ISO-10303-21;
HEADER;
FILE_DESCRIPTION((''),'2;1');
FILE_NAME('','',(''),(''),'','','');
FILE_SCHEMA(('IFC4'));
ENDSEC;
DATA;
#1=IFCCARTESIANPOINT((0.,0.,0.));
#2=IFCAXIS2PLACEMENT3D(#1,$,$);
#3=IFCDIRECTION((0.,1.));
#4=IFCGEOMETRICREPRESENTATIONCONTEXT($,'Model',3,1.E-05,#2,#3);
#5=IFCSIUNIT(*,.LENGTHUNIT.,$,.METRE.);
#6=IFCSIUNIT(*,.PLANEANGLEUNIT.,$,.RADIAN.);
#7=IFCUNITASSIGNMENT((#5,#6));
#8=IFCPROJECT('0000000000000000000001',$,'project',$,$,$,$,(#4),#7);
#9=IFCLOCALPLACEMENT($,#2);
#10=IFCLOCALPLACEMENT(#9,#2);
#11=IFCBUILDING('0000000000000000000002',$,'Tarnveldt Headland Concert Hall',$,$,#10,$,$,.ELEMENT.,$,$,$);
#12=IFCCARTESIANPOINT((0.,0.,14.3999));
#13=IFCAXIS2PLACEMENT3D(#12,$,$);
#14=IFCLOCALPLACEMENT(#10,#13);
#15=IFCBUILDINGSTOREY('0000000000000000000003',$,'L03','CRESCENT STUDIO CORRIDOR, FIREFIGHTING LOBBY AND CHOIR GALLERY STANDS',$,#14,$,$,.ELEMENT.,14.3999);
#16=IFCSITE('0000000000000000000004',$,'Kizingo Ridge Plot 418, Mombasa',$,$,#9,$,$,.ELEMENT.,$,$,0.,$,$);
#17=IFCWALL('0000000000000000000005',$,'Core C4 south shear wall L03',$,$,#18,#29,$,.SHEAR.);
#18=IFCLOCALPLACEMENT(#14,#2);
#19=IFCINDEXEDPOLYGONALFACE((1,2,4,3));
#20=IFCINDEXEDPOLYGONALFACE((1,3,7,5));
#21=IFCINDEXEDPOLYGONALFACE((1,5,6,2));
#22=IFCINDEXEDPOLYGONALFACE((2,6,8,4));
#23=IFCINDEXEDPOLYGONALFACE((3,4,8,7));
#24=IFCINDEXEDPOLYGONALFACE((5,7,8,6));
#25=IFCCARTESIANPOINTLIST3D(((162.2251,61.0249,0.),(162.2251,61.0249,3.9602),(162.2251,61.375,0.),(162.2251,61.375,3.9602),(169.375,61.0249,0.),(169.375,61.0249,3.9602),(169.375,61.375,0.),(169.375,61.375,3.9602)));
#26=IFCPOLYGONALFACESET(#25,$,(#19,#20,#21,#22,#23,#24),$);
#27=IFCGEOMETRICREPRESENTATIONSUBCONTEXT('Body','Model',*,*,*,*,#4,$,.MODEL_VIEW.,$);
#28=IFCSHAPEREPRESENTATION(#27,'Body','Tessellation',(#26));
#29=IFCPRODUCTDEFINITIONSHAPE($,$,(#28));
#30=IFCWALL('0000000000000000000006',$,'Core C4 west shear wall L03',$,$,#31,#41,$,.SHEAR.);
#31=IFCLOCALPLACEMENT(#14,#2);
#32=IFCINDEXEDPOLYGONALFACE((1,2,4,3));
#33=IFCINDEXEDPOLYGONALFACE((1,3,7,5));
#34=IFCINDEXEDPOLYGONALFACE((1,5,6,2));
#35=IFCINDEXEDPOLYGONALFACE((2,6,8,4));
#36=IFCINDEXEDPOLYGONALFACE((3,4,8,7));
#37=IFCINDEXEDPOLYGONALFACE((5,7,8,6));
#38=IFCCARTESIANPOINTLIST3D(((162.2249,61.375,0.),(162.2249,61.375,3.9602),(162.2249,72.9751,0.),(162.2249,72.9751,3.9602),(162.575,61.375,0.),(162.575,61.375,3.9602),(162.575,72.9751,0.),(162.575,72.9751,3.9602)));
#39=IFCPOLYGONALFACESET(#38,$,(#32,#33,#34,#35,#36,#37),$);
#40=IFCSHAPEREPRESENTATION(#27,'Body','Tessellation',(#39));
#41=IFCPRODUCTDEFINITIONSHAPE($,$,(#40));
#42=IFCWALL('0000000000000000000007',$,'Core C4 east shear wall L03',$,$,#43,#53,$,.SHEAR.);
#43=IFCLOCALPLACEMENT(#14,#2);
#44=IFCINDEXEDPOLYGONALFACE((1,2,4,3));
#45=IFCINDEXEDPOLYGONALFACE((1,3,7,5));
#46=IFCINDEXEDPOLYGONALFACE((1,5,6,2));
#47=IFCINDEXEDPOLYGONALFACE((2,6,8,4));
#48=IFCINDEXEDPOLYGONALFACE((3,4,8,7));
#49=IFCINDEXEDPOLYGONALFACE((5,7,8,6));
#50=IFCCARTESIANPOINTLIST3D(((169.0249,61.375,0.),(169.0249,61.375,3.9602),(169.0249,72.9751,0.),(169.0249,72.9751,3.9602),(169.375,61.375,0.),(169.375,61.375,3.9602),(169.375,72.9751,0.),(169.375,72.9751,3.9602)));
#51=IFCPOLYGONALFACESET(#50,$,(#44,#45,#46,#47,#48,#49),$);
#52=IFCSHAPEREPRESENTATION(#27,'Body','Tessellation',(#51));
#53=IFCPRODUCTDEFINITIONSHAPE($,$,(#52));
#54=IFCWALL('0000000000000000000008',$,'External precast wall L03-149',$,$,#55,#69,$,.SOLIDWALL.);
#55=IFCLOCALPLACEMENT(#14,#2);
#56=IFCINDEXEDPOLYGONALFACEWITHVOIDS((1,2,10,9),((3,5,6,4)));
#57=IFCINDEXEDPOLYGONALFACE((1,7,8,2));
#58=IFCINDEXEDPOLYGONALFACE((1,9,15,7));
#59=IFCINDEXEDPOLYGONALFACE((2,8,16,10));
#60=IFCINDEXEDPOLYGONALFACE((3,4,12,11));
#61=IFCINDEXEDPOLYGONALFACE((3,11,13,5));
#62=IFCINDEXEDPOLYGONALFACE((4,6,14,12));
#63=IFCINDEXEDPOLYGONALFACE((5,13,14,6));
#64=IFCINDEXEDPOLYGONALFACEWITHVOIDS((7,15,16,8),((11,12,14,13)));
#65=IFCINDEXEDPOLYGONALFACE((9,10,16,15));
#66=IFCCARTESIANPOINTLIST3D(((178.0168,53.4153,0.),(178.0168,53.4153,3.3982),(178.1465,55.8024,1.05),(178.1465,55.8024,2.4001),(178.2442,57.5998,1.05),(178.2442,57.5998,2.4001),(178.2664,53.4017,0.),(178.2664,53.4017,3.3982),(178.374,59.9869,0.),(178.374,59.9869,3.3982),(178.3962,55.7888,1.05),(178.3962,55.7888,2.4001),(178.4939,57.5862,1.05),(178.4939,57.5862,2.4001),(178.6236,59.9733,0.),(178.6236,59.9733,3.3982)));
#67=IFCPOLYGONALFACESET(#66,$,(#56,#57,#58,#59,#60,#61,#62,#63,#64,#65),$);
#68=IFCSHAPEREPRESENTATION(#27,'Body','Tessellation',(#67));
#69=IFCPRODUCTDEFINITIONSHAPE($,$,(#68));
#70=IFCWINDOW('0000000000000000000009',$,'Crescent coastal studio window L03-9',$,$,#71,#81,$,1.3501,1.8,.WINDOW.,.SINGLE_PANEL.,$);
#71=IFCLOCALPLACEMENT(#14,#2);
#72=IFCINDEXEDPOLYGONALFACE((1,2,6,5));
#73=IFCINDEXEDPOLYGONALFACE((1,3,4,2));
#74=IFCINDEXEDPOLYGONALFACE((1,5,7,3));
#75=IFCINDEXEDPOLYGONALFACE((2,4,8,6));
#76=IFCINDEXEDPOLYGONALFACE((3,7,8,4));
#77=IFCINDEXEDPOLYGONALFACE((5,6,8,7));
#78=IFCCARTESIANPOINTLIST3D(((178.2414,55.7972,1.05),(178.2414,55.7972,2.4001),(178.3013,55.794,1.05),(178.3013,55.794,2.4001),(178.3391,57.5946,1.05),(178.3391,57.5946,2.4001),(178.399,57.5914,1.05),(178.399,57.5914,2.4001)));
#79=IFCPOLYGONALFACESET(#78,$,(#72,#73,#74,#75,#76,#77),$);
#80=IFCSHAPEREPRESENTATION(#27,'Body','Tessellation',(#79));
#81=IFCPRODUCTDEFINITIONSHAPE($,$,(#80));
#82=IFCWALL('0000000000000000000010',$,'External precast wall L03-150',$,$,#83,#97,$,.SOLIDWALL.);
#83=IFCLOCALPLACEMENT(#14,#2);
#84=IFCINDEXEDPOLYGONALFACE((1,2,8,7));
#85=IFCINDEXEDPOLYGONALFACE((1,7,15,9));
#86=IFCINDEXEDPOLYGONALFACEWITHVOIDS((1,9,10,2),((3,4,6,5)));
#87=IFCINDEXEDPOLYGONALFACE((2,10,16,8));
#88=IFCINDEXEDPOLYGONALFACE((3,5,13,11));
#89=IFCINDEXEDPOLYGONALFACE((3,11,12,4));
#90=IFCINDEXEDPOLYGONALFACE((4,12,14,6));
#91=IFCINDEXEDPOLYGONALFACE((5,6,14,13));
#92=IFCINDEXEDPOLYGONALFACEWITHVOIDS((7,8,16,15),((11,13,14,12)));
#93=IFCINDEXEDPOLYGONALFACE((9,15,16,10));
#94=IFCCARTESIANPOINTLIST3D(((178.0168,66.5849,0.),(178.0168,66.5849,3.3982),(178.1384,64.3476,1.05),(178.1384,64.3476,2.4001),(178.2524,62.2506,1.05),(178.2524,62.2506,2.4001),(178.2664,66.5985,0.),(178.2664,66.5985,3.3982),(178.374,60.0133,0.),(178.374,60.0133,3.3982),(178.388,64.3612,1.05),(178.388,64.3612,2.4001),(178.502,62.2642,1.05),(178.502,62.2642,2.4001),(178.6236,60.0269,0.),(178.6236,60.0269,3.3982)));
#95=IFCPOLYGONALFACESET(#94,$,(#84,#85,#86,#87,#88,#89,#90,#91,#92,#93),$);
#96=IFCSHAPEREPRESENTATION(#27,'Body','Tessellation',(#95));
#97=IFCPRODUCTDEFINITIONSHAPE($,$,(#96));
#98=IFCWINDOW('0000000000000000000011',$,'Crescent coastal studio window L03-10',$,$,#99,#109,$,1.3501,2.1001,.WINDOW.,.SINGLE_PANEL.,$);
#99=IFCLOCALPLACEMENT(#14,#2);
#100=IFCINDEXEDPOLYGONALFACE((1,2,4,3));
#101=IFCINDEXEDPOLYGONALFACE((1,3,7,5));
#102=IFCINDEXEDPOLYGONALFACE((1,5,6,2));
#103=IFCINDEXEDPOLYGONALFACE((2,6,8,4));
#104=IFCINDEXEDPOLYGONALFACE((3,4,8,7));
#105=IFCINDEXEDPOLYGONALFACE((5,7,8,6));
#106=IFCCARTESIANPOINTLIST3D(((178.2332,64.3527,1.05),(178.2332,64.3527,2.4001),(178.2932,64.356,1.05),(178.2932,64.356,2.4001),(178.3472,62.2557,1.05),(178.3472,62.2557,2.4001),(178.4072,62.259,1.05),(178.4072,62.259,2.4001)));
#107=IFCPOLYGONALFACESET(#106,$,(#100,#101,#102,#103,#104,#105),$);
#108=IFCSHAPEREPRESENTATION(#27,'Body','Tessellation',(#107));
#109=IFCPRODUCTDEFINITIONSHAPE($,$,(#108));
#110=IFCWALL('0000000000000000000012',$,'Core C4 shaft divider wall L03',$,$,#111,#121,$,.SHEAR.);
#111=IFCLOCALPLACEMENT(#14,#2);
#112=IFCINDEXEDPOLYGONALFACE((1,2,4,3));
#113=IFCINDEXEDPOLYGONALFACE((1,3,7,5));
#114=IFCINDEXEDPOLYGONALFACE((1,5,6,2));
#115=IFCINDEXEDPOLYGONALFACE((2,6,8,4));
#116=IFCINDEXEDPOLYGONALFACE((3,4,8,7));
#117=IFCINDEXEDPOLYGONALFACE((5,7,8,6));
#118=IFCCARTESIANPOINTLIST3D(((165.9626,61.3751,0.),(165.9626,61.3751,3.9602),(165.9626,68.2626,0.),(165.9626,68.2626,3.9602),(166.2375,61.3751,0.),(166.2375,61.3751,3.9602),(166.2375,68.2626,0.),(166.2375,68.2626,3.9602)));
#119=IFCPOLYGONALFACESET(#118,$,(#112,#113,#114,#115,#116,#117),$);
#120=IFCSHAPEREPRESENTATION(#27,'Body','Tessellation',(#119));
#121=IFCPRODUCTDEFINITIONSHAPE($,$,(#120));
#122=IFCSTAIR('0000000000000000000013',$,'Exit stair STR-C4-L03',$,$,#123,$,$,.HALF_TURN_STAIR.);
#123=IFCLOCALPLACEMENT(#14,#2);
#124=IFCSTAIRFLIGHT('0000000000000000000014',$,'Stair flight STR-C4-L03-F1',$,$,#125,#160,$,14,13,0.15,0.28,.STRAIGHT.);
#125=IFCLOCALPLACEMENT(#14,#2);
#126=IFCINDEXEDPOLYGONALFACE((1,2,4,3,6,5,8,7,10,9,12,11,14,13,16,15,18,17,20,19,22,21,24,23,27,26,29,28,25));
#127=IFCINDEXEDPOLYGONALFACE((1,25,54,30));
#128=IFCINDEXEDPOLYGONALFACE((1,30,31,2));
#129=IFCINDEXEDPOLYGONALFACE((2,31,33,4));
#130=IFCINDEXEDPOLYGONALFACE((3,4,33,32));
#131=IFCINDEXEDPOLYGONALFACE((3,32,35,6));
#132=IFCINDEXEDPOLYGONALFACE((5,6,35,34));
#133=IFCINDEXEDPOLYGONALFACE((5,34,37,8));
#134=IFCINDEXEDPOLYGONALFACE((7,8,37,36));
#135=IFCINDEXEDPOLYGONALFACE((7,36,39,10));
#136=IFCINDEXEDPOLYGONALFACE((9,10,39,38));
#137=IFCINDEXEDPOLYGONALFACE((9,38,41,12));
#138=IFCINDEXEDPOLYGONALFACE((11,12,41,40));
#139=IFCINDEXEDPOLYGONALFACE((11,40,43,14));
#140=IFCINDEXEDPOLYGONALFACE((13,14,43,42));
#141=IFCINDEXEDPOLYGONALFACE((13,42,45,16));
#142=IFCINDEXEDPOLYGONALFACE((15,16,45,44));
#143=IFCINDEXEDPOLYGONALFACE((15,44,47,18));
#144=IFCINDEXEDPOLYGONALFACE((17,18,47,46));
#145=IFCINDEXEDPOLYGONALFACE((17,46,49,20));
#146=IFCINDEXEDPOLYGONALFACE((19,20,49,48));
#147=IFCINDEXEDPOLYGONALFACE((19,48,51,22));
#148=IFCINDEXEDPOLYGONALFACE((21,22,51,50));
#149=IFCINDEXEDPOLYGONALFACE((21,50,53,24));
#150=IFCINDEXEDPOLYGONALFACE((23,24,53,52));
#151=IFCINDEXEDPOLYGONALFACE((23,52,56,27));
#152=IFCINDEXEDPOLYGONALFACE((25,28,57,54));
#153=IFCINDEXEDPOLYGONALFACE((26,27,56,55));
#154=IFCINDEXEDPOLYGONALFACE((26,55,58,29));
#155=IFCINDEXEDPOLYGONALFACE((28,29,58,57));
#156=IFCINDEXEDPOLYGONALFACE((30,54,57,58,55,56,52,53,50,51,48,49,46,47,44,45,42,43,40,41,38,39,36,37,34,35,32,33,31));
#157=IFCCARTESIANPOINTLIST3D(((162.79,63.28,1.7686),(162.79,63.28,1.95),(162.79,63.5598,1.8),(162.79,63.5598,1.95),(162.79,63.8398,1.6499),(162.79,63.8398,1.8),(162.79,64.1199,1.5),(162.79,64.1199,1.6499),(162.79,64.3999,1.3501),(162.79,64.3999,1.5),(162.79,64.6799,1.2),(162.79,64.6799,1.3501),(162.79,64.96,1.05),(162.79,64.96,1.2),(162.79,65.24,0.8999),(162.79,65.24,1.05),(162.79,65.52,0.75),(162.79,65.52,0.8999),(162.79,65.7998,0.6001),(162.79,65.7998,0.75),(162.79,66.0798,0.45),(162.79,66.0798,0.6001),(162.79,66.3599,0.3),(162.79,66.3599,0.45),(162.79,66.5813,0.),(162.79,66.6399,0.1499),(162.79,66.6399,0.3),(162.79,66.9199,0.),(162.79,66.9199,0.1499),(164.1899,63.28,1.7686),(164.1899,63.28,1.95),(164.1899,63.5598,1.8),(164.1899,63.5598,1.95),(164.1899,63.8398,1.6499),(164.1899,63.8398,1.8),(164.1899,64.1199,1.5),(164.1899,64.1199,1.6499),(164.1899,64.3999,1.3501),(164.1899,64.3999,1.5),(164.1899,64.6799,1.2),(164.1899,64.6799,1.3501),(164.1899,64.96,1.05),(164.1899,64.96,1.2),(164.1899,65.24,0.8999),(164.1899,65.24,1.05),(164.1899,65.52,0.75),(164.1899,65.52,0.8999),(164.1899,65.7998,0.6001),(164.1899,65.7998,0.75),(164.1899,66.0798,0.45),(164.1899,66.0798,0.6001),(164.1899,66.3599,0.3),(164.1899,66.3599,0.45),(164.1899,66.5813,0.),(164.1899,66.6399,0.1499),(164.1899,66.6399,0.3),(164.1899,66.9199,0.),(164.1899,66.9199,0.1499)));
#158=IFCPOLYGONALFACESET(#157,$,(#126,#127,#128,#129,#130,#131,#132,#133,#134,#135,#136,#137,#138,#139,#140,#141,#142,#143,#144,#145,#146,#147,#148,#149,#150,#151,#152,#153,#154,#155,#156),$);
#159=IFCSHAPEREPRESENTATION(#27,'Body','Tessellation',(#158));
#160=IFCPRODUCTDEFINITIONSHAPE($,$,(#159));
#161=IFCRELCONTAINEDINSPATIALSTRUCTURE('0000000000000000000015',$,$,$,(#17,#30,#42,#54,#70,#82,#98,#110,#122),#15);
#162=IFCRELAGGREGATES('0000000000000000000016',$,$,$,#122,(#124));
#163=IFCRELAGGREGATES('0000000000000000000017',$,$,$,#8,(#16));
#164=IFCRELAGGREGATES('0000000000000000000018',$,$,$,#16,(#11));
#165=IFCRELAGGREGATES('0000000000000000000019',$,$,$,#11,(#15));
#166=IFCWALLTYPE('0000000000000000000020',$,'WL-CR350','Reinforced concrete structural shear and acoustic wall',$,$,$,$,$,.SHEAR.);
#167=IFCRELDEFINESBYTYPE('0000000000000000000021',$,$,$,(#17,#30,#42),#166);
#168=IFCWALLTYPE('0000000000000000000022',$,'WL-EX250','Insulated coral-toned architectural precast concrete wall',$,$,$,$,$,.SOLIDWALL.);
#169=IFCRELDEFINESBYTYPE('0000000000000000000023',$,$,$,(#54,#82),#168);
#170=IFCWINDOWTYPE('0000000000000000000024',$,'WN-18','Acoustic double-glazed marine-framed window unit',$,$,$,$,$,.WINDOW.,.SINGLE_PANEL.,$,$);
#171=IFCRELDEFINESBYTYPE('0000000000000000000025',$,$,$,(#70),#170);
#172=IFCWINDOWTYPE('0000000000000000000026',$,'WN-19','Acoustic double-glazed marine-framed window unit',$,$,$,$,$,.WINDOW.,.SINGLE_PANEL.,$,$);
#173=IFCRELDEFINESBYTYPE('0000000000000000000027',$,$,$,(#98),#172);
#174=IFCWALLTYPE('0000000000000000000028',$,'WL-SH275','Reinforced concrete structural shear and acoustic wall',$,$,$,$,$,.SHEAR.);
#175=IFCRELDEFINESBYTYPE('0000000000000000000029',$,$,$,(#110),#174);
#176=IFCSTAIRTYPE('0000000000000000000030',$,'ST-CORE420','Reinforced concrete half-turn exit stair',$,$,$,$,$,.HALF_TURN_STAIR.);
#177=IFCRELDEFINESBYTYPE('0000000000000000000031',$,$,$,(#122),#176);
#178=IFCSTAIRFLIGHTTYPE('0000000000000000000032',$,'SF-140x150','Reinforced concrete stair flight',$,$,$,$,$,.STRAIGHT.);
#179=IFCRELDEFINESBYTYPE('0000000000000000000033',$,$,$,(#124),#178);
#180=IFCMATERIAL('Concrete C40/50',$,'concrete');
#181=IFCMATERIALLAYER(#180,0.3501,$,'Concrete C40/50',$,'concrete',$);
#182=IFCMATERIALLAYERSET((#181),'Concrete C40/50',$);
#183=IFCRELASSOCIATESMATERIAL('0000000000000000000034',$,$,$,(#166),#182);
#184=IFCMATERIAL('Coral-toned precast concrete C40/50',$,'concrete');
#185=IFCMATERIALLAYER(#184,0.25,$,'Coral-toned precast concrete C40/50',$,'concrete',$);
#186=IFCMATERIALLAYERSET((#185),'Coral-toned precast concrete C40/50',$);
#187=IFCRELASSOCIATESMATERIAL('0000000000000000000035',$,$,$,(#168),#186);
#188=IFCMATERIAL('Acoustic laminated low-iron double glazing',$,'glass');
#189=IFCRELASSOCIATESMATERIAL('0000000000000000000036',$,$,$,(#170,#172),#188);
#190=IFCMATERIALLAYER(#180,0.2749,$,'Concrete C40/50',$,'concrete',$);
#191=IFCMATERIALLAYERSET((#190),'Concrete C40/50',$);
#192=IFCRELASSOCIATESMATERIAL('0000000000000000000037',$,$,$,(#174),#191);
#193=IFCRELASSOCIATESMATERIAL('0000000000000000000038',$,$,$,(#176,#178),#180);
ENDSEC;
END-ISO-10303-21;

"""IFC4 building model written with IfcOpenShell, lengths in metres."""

from ifc_helpers import new_model, si_unit, direction, frame, frame_2d, origin, place, context, subcontext, project, spatial, polyline, rectangle, outline, extrude, material, layer, layer_set, type_object, element, fill, aggregate, save


model = new_model("IFC4")

# Units and contexts
model_context = context("Model", 3, precision=1e-05, world=origin(), true_north=direction((0.0, 1.0)))
body_context = subcontext(model_context, "Body", "Model", "MODEL_VIEW")
ifc_project = project(units=[si_unit("LENGTHUNIT", "METRE"), si_unit("PLANEANGLEUNIT", "RADIAN")], contexts=[model_context])

# Site, building, storey
site_placement = place(None, origin())
site = spatial("IfcSite", under=ifc_project, at=site_placement, Name="Kizingo Ridge Plot 418, Mombasa", CompositionType="ELEMENT", RefElevation=0.0)
building_placement = place(site_placement, origin())
building = spatial("IfcBuilding", under=site, at=building_placement, Name="Tarnveldt Headland Concert Hall", CompositionType="ELEMENT")
storey_placement = place(building_placement, frame((0.0, 0.0, 14.3999)))
storey = spatial("IfcBuildingStorey", under=building, at=storey_placement, Name="L03", Description="CRESCENT STUDIO CORRIDOR, FIREFIGHTING LOBBY AND CHOIR GALLERY STANDS", CompositionType="ELEMENT", Elevation=14.3999)

# Shared definitions
ifc_material_1 = material(Name="Concrete C40/50", Category="concrete")

# Walls
ifc_layer_1 = layer(ifc_material_1, 0.3501, Name="Concrete C40/50", Category="concrete")
ifc_layer_set_1 = layer_set([ifc_layer_1], Name="Concrete C40/50")
wall_type_1 = type_object("IfcWallType", Name="WL-CR350", Description="Reinforced concrete structural shear and acoustic wall", PredefinedType="SHEAR", material=ifc_layer_set_1)
wall_1_placement = place(storey_placement, frame((162.2251, 61.2, 0.0), z_axis=(0.0, 0.0, 1.0), x_axis=(1.0, 0.0, 0.0)))
element("IfcWall", 1, at=wall_1_placement, inside=storey, type_object=wall_type_1, Name="Core C4 south shear wall L03", PredefinedType="SHEAR", context=body_context, shape_type="SweptSolid", body=[
    extrude(rectangle(XDim=7.1499, YDim=0.3501, at=frame_2d((3.575, 0.0))), origin(), (0.0, 0.0, 1.0), 3.9602),
])
for number, where, z_axis, x_axis, name in (
    (2, (162.3999, 61.375, 0.0), (0.0, 0.0, 1.0), (0.0, 1.0, 0.0), "Core C4 west shear wall L03"),
    (3, (169.2, 61.375, 0.0), (0.0, 0.0, 1.0), (0.0, 1.0, 0.0), "Core C4 east shear wall L03"),
):
    element("IfcWall", number, at=place(storey_placement, frame(where, z_axis=z_axis, x_axis=x_axis)), inside=storey, type_object=wall_type_1, Name=name, PredefinedType="SHEAR", context=body_context, shape_type="SweptSolid", body=[
        extrude(rectangle(XDim=11.6001, YDim=0.3501, at=frame_2d((5.8, 0.0))), origin(), (0.0, 0.0, 1.0), 3.9602),
    ])

# Walls, openings, windows
ifc_material_2 = material(Name="Coral-toned precast concrete C40/50", Category="concrete")
ifc_layer_2 = layer(ifc_material_2, 0.25, Name="Coral-toned precast concrete C40/50", Category="concrete")
ifc_layer_set_2 = layer_set([ifc_layer_2], Name="Coral-toned precast concrete C40/50")
wall_type_2 = type_object("IfcWallType", Name="WL-EX250", Description="Insulated coral-toned architectural precast concrete wall", PredefinedType="SOLIDWALL", material=ifc_layer_set_2)
wall_2_placement = place(storey_placement, frame((178.4988, 59.98, 0.0), z_axis=(0.0, 0.0, 1.0), x_axis=(-0.054272, -0.998526, 0.0)))
wall_2 = element("IfcWall", 4, at=wall_2_placement, inside=storey, type_object=wall_type_2, Name="External precast wall L03-149", PredefinedType="SOLIDWALL", context=body_context, shape_type="SweptSolid", body=[
    extrude(rectangle(XDim=6.5813, YDim=0.25, at=frame_2d((3.2905, 0.0))), origin(), (0.0, 0.0, 1.0), 3.3982),
])
opening_1_placement = place(wall_2_placement, frame((2.3906, 0.0, 1.05)))
opening_1 = element("IfcOpeningElement", 5, at=opening_1_placement, cuts=wall_2, PredefinedType="OPENING", context=body_context, shape_type="SweptSolid", body=[
    extrude(rectangle(XDim=1.8, YDim=1.3501, at=frame_2d((0.8999, 0.675))), frame((0.0, 0.135, 0.0), z_axis=(0.0, -1.0, 0.0), x_axis=(1.0, 0.0, 0.0)), (0.0, 0.0, 1.0), 0.27),
])
ifc_material_3 = material(Name="Acoustic laminated low-iron double glazing", Category="glass")
window_type_1 = type_object("IfcWindowType", Name="WN-18", Description="Acoustic double-glazed marine-framed window unit", PartitioningType="SINGLE_PANEL", PredefinedType="WINDOW", material=ifc_material_3)
window_1_placement = place(opening_1_placement, origin())
window_1 = element("IfcWindow", 6, at=window_1_placement, inside=storey, type_object=window_type_1, Name="Crescent coastal studio window L03-9", OverallHeight=1.3501, OverallWidth=1.8, PartitioningType="SINGLE_PANEL", PredefinedType="WINDOW", context=body_context, shape_type="SweptSolid", body=[
    extrude(rectangle(XDim=1.8, YDim=1.3501, at=frame_2d((0.8999, 0.675))), frame((0.0, 0.03, 0.0), z_axis=(0.0, -1.0, 0.0), x_axis=(1.0, 0.0, 0.0)), (0.0, 0.0, 1.0), 0.0601),
])
fill(opening_1, window_1)
wall_3_placement = place(storey_placement, frame((178.1416, 66.5916, 0.0), z_axis=(0.0, 0.0, 1.0), x_axis=(0.054272, -0.998526, 0.0)))
wall_3 = element("IfcWall", 7, at=wall_3_placement, inside=storey, type_object=wall_type_2, Name="External precast wall L03-150", PredefinedType="SOLIDWALL", context=body_context, shape_type="SweptSolid", body=[
    extrude(rectangle(XDim=6.5813, YDim=0.25, at=frame_2d((3.2905, 0.0))), origin(), (0.0, 0.0, 1.0), 3.3982),
])
opening_2_placement = place(wall_3_placement, frame((2.2405, 0.0, 1.05)))
opening_2 = element("IfcOpeningElement", 8, at=opening_2_placement, cuts=wall_3, PredefinedType="OPENING", context=body_context, shape_type="SweptSolid", body=[
    extrude(rectangle(XDim=2.1001, YDim=1.3501, at=frame_2d((1.05, 0.675))), frame((0.0, 0.135, 0.0), z_axis=(0.0, -1.0, 0.0), x_axis=(1.0, 0.0, 0.0)), (0.0, 0.0, 1.0), 0.27),
])
window_type_2 = type_object("IfcWindowType", Name="WN-19", Description="Acoustic double-glazed marine-framed window unit", PartitioningType="SINGLE_PANEL", PredefinedType="WINDOW", material=ifc_material_3)
window_2_placement = place(opening_2_placement, origin())
window_2 = element("IfcWindow", 9, at=window_2_placement, inside=storey, type_object=window_type_2, Name="Crescent coastal studio window L03-10", OverallHeight=1.3501, OverallWidth=2.1001, PartitioningType="SINGLE_PANEL", PredefinedType="WINDOW", context=body_context, shape_type="SweptSolid", body=[
    extrude(rectangle(XDim=2.1001, YDim=1.3501, at=frame_2d((1.05, 0.675))), frame((0.0, 0.03, 0.0), z_axis=(0.0, -1.0, 0.0), x_axis=(1.0, 0.0, 0.0)), (0.0, 0.0, 1.0), 0.0601),
])
fill(opening_2, window_2)

# Wall
ifc_layer_3 = layer(ifc_material_1, 0.2749, Name="Concrete C40/50", Category="concrete")
ifc_layer_set_3 = layer_set([ifc_layer_3], Name="Concrete C40/50")
wall_type_3 = type_object("IfcWallType", Name="WL-SH275", Description="Reinforced concrete structural shear and acoustic wall", PredefinedType="SHEAR", material=ifc_layer_set_3)
wall_4_placement = place(storey_placement, frame((166.1001, 61.375, 0.0), z_axis=(0.0, 0.0, 1.0), x_axis=(0.0, 1.0, 0.0)))
element("IfcWall", 10, at=wall_4_placement, inside=storey, type_object=wall_type_3, Name="Core C4 shaft divider wall L03", PredefinedType="SHEAR", context=body_context, shape_type="SweptSolid", body=[
    extrude(rectangle(XDim=6.8875, YDim=0.2749, at=frame_2d((3.4438, 0.0))), origin(), (0.0, 0.0, 1.0), 3.9602),
])

# Stair, stair flight
stair_type = type_object("IfcStairType", Name="ST-CORE420", Description="Reinforced concrete half-turn exit stair", PredefinedType="HALF_TURN_STAIR", material=ifc_material_1)
stair_placement = place(storey_placement, origin())
stair = element("IfcStair", 11, at=stair_placement, inside=storey, type_object=stair_type, Name="Exit stair STR-C4-L03", PredefinedType="HALF_TURN_STAIR")
stair_flight_type = type_object("IfcStairFlightType", Name="SF-140x150", Description="Reinforced concrete stair flight", PredefinedType="STRAIGHT", material=ifc_material_1)
stair_flight_1_placement = place(storey_placement, frame((163.49, 66.9199, 0.0), z_axis=(0.0, 0.0, 1.0), x_axis=(0.0, -1.0, 0.0)))
stair_flight_1 = element("IfcStairFlight", 12, at=stair_flight_1_placement, type_object=stair_flight_type, Name="Stair flight STR-C4-L03-F1", NumberOfRisers=14, NumberOfTreads=13, PredefinedType="STRAIGHT", RiserHeight=0.15, TreadLength=0.28, context=body_context, shape_type="SweptSolid", body=[
    extrude(outline(polyline([(0.0, 0.0), (0.0, 0.1499), (0.28, 0.1499), (0.28, 0.3), (0.5601, 0.3), (0.5601, 0.45), (0.8401, 0.45), (0.8401, 0.6001), (1.1201, 0.6001), (1.1201, 0.75), (1.3999, 0.75), (1.3999, 0.8999), (1.6799, 0.8999), (1.6799, 1.05), (1.96, 1.05), (1.96, 1.2), (2.24, 1.2), (2.24, 1.3501), (2.52, 1.3501), (2.52, 1.5), (2.8, 1.5), (2.8, 1.6499), (3.0801, 1.6499), (3.0801, 1.8), (3.3601, 1.8), (3.3601, 1.95), (3.6399, 1.95), (3.6399, 2.1001), (3.6399, 1.7686), (0.3386, 0.0), (0.0, 0.0)])), frame((0.0, 0.7, 0.0), z_axis=(0.0, -1.0, 0.0), x_axis=(1.0, 0.0, 0.0)), (0.0, 0.0, 1.0), 1.3999),
])
aggregate(stair, [stair_flight_1])

save(model, "model.ifc")
